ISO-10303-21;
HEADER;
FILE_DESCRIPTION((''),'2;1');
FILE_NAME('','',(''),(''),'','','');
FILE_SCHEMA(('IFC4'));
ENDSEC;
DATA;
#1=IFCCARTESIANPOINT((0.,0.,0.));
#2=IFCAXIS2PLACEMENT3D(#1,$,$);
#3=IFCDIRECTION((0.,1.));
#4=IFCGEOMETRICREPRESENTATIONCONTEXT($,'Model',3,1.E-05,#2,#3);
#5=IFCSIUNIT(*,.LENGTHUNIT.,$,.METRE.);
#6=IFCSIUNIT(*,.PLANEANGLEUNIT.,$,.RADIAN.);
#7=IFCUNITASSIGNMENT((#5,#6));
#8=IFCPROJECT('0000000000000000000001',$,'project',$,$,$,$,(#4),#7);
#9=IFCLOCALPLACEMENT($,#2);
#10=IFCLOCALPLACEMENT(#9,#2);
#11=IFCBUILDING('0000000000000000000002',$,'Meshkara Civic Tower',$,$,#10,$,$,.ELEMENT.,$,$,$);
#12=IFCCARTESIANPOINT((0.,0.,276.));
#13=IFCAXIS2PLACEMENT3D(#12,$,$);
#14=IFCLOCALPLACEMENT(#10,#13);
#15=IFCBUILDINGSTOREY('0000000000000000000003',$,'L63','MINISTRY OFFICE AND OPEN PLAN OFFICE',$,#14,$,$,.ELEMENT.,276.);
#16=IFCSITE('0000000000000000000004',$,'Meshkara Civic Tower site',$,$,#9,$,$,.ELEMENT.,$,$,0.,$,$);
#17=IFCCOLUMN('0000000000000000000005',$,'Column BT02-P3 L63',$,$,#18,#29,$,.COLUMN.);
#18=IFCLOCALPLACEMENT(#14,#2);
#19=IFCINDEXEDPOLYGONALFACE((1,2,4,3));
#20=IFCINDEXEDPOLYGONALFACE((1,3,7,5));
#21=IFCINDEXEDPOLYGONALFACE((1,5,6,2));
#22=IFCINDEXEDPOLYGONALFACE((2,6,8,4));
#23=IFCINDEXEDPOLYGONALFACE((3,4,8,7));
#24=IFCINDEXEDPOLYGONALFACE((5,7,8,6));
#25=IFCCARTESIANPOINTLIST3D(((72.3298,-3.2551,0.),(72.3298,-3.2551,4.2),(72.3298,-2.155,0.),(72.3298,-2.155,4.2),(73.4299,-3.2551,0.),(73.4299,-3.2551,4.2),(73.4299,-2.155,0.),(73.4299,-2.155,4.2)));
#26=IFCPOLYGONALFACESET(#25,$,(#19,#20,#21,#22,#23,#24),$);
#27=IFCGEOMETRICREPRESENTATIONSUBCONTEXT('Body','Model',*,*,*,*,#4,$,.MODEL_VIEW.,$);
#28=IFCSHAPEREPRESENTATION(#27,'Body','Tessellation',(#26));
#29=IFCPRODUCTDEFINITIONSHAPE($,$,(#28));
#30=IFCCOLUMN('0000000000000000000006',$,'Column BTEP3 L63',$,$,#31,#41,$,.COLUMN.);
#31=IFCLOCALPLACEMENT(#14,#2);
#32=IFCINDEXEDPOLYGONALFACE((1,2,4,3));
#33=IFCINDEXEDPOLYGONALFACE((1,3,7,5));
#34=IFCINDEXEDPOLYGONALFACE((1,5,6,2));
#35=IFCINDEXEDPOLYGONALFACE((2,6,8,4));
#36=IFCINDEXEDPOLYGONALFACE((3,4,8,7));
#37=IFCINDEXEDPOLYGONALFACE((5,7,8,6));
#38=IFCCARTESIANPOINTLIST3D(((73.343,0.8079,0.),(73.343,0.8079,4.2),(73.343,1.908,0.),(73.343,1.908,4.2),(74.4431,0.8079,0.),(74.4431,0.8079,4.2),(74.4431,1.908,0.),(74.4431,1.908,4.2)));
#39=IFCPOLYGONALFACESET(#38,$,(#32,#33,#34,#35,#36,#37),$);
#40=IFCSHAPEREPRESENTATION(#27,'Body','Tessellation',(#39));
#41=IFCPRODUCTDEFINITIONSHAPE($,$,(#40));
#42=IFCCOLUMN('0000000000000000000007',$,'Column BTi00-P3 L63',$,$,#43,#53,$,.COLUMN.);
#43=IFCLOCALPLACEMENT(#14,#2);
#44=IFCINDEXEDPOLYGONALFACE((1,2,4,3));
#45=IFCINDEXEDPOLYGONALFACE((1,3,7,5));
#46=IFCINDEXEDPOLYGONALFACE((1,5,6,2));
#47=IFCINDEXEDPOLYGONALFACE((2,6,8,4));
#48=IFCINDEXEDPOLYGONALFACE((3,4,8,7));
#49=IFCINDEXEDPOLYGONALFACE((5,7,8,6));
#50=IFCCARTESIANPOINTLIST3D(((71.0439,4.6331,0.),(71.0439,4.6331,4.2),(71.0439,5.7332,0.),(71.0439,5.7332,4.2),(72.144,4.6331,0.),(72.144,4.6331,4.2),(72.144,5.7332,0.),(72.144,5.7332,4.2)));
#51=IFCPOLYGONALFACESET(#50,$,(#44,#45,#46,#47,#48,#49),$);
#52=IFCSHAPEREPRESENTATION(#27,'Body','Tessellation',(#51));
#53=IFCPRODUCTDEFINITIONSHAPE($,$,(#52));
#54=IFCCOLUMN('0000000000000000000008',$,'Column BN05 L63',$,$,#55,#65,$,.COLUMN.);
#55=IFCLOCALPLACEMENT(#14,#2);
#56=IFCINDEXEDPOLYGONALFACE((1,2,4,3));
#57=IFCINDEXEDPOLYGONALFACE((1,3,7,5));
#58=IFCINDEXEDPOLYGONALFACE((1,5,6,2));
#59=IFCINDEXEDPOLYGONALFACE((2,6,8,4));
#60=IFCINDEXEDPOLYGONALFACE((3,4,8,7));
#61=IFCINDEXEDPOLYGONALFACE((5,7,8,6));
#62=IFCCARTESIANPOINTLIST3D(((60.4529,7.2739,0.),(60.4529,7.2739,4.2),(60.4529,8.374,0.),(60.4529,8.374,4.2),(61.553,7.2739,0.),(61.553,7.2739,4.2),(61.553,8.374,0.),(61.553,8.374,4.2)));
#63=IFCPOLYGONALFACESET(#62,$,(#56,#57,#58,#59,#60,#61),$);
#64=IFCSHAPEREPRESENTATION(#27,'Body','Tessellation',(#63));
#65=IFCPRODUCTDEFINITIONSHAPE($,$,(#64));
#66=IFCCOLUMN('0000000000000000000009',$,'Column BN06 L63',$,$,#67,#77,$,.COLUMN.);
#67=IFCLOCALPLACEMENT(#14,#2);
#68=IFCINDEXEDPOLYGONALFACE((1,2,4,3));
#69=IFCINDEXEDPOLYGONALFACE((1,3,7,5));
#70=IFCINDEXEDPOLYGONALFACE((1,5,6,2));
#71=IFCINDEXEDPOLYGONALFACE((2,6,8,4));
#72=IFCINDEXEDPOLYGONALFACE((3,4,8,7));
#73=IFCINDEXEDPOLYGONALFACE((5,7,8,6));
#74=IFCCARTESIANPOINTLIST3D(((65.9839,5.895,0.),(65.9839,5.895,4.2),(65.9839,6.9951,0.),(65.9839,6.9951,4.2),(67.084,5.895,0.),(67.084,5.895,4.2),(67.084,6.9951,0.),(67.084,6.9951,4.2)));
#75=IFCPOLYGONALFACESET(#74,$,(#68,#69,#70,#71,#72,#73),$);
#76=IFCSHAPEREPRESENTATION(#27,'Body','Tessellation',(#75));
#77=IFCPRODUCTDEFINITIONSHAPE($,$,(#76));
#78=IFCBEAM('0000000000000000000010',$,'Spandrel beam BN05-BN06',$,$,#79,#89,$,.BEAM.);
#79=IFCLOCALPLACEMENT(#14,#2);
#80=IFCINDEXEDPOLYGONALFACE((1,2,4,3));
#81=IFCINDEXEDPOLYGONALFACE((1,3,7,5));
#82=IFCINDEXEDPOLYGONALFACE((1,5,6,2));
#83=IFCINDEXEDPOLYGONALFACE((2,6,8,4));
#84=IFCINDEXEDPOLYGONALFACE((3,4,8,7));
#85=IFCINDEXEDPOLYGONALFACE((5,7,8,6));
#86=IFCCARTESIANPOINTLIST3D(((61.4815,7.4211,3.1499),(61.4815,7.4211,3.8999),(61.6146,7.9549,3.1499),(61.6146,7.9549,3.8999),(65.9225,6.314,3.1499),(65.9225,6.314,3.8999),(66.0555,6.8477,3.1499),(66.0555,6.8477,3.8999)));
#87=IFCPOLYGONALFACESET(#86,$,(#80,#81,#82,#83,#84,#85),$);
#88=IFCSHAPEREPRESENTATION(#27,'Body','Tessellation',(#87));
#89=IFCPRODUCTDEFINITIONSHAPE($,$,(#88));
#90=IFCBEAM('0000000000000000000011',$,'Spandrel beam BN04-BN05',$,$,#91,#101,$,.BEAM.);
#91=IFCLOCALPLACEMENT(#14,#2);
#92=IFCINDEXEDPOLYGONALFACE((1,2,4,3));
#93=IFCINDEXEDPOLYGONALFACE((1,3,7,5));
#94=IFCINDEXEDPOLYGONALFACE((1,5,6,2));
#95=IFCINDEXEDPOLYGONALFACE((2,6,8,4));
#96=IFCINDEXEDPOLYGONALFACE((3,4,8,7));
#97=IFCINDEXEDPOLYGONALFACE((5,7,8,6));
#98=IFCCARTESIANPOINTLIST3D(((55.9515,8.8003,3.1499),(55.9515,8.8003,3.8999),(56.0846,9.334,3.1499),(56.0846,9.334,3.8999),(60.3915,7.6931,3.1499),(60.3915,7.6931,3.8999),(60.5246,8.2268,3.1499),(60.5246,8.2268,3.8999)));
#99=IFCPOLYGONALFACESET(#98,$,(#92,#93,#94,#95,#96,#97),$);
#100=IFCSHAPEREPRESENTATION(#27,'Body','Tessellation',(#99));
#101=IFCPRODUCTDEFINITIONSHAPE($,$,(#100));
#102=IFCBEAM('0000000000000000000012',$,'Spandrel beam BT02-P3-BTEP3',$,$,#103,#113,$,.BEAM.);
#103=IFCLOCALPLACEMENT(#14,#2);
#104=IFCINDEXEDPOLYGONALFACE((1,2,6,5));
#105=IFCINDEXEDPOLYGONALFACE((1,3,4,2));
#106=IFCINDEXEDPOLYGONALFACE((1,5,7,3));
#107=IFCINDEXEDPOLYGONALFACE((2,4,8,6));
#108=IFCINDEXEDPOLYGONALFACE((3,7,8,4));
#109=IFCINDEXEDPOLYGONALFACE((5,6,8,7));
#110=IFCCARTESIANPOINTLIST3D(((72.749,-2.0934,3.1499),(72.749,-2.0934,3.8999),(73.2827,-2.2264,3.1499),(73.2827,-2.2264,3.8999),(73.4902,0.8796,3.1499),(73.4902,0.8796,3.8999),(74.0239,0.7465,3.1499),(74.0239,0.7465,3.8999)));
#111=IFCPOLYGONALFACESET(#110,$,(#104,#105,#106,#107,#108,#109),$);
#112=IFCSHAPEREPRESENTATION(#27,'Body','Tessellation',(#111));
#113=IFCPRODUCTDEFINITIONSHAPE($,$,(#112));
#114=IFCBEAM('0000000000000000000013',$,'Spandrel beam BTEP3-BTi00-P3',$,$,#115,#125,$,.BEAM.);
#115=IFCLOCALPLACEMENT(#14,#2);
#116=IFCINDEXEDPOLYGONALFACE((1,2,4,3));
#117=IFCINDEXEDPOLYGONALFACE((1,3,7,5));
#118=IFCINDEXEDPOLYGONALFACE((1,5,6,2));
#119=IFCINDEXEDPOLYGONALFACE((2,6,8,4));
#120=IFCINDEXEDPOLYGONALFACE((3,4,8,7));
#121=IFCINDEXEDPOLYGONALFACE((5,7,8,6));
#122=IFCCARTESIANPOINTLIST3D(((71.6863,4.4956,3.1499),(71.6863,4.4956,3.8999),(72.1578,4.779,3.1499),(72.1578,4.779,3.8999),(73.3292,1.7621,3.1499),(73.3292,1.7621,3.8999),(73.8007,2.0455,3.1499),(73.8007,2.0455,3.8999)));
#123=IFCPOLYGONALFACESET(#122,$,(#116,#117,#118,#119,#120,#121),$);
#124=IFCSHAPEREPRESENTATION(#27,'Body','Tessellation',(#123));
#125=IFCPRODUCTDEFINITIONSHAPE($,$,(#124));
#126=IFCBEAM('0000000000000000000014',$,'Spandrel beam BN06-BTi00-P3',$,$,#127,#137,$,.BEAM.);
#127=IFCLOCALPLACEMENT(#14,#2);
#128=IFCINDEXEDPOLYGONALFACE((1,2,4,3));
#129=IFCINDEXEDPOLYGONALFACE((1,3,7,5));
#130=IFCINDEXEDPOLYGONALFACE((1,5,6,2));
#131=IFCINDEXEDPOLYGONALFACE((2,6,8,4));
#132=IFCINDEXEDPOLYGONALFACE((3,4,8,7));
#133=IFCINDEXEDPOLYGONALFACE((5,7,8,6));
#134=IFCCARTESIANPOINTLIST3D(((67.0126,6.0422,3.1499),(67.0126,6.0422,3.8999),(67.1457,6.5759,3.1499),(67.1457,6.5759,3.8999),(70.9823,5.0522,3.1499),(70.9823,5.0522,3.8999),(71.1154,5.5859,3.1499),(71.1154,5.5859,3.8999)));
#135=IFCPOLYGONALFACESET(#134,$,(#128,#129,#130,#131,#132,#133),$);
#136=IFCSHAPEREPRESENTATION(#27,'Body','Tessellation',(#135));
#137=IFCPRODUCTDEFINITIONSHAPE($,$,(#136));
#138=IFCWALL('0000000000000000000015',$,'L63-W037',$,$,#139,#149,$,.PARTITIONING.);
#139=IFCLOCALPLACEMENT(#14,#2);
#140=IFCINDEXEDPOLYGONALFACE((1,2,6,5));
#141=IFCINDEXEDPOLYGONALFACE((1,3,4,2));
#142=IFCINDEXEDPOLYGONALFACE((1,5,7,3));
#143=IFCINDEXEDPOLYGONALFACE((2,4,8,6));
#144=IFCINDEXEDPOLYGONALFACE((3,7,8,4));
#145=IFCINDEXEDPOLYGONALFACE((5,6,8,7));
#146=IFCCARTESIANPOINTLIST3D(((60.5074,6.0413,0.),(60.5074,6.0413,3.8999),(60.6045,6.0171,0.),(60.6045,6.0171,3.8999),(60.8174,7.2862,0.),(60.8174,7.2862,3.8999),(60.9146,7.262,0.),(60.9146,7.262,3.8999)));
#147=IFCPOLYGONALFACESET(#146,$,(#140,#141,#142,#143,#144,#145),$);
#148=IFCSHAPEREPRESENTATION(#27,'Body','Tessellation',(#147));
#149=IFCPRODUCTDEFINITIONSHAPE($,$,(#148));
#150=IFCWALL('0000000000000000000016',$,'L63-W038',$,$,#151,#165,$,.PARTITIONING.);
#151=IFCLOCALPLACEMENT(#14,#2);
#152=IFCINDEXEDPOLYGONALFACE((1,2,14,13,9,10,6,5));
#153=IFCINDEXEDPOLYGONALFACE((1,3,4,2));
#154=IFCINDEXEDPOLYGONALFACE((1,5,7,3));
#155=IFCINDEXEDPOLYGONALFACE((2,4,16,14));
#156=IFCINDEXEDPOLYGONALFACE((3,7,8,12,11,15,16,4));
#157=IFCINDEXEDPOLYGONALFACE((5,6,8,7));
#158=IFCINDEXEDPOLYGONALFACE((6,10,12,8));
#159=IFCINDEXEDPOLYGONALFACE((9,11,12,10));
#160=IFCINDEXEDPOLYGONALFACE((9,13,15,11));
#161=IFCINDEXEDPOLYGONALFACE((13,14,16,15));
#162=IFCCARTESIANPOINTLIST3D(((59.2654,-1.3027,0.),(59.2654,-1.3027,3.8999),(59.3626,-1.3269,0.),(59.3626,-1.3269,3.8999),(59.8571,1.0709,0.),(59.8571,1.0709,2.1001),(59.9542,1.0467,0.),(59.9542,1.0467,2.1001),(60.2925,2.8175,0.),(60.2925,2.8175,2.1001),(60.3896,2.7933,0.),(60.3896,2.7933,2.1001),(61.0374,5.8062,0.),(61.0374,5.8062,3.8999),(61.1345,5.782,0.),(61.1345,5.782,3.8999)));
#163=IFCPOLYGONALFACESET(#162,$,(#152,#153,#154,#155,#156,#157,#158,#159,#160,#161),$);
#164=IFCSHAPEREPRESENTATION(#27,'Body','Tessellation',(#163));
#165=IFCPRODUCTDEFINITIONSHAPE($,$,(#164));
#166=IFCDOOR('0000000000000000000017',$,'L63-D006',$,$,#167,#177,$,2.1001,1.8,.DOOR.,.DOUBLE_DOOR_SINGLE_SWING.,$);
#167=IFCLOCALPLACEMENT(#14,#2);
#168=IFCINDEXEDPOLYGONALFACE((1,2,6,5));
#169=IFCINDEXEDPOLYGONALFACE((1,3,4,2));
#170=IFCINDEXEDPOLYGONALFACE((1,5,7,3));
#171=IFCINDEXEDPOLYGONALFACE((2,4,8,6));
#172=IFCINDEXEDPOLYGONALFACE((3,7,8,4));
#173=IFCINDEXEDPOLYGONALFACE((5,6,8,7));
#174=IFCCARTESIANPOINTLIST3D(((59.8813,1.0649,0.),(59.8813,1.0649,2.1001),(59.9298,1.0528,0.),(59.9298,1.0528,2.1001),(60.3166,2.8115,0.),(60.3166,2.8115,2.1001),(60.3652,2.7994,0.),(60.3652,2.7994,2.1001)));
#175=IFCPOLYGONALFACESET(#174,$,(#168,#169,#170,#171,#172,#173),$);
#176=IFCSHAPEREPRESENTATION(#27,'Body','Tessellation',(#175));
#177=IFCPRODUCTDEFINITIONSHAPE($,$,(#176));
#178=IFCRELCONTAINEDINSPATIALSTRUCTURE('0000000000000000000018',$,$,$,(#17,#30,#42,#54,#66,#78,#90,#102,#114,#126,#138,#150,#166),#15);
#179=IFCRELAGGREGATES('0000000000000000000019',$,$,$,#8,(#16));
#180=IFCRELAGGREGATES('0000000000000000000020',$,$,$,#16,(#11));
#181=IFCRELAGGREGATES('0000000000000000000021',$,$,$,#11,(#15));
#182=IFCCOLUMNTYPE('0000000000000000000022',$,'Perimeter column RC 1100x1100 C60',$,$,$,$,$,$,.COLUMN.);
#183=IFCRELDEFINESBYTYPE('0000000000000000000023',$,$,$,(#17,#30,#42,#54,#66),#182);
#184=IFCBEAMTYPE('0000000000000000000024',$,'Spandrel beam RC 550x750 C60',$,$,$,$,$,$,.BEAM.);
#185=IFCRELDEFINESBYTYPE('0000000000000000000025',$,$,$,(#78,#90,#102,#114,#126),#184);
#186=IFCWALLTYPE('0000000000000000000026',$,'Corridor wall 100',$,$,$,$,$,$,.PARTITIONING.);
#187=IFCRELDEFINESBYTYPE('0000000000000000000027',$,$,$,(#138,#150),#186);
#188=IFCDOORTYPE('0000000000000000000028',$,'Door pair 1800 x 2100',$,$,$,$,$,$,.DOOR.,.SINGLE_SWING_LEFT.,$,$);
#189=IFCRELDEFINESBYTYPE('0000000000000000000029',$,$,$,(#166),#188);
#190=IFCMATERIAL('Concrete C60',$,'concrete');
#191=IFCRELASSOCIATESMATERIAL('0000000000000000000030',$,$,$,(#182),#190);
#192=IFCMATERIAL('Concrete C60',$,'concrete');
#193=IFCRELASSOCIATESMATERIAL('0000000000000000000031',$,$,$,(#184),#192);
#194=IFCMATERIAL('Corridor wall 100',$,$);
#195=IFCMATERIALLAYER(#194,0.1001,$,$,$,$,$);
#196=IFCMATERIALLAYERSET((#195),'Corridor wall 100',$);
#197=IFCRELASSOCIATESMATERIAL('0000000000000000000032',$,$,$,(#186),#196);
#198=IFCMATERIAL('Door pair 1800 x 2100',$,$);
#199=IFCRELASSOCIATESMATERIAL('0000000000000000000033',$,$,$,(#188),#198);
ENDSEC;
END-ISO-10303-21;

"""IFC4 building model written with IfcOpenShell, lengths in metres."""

from ifc_helpers import new_model, si_unit, direction, frame, frame_2d, origin, origin_2d, place, context, subcontext, project, spatial, rectangle, extrude, material, layer, layer_set, material_profile, profile_set, type_object, element, fill, save


model = new_model("IFC4")

# Units and contexts
model_context = context("Model", 3, precision=1e-05, world=origin(), true_north=direction((0.0, 1.0)))
body_context = subcontext(model_context, "Body", "Model", "MODEL_VIEW")
ifc_project = project(units=[si_unit("LENGTHUNIT", "METRE"), si_unit("PLANEANGLEUNIT", "RADIAN")], contexts=[model_context])

# Site, building, storey
site_placement = place(None, origin())
site = spatial("IfcSite", under=ifc_project, at=site_placement, Name="Meshkara Civic Tower site", CompositionType="ELEMENT", RefElevation=0.0)
building_placement = place(site_placement, origin())
building = spatial("IfcBuilding", under=site, at=building_placement, Name="Meshkara Civic Tower", CompositionType="ELEMENT")
storey_placement = place(building_placement, frame((0.0, 0.0, 276.0)))
storey = spatial("IfcBuildingStorey", under=building, at=storey_placement, Name="L63", Description="MINISTRY OFFICE AND OPEN PLAN OFFICE", CompositionType="ELEMENT", Elevation=276.0)

# Columns
ifc_material_1 = material(Name="Concrete C60", Category="concrete")
ifc_material_profile_1 = material_profile(ifc_material_1, rectangle(XDim=1.1001, YDim=1.1001, at=origin_2d()))
ifc_profile_set_1 = profile_set([ifc_material_profile_1], Name="Concrete C60")
column_type = type_object("IfcColumnType", Name="Perimeter column RC 1100x1100 C60", PredefinedType="COLUMN", material=ifc_profile_set_1)
for number, where, z_axis, x_axis, name in (
    (1, (72.8799, -2.7051, 0.0), (0.0, 0.0, 1.0), (1.0, 0.0, 0.0), "Column BT02-P3 L63"),
    (2, (73.8931, 1.3579, 0.0), (0.0, 0.0, 1.0), (1.0, 0.0, 0.0), "Column BTEP3 L63"),
    (3, (71.594, 5.1831, 0.0), (0.0, 0.0, 1.0), (1.0, 0.0, 0.0), "Column BTi00-P3 L63"),
    (4, (61.0029, 7.824, 0.0), (0.0, 0.0, 1.0), (1.0, 0.0, 0.0), "Column BN05 L63"),
    (5, (66.5339, 6.4451, 0.0), (0.0, 0.0, 1.0), (1.0, 0.0, 0.0), "Column BN06 L63"),
):
    element("IfcColumn", number, at=place(storey_placement, frame(where, z_axis=z_axis, x_axis=x_axis)), inside=storey, type_object=column_type, Name=name, PredefinedType="COLUMN", context=body_context, shape_type="SweptSolid", body=[
        extrude(rectangle(XDim=1.1001, YDim=1.1001, at=origin_2d()), origin(), (0.0, 0.0, 1.0), 4.2),
    ])

# Beams
ifc_material_2 = material(Name="Concrete C60", Category="concrete")
ifc_material_profile_2 = material_profile(ifc_material_2, rectangle(XDim=0.55, YDim=0.75, at=origin_2d()))
ifc_profile_set_2 = profile_set([ifc_material_profile_2], Name="Concrete C60")
beam_type = type_object("IfcBeamType", Name="Spandrel beam RC 550x750 C60", PredefinedType="BEAM", material=ifc_profile_set_2)
beam_1_placement = place(storey_placement, frame((65.989, 6.5808, 3.5249), z_axis=(-0.970299, 0.241908, 0.0), x_axis=(-0.241908, -0.970299, 0.0)))
element("IfcBeam", 6, at=beam_1_placement, inside=storey, type_object=beam_type, Name="Spandrel beam BN05-BN06", PredefinedType="BEAM", context=body_context, shape_type="SweptSolid", body=[
    extrude(rectangle(XDim=0.55, YDim=0.75, at=origin_2d()), origin(), (0.0, 0.0, 1.0), 4.5769),
])
beam_2_placement = place(storey_placement, frame((60.458, 7.96, 3.5249), z_axis=(-0.970287, 0.241958, 0.0), x_axis=(-0.241958, -0.970287, 0.0)))
element("IfcBeam", 7, at=beam_2_placement, inside=storey, type_object=beam_type, Name="Spandrel beam BN04-BN05", PredefinedType="BEAM", context=body_context, shape_type="SweptSolid", body=[
    extrude(rectangle(XDim=0.55, YDim=0.75, at=origin_2d()), origin(), (0.0, 0.0, 1.0), 4.5759),
])
beam_3_placement = place(storey_placement, frame((73.0159, -2.1599, 3.5249), z_axis=(0.241917, 0.970297, 0.0), x_axis=(-0.970297, 0.241917, 0.0)))
element("IfcBeam", 8, at=beam_3_placement, inside=storey, type_object=beam_type, Name="Spandrel beam BT02-P3-BTEP3", PredefinedType="BEAM", context=body_context, shape_type="SweptSolid", body=[
    extrude(rectangle(XDim=0.55, YDim=0.75, at=origin_2d()), origin(), (0.0, 0.0, 1.0), 3.064),
])
beam_4_placement = place(storey_placement, frame((73.5649, 1.9038, 3.5249), z_axis=(-0.515137, 0.857108, 0.0), x_axis=(-0.857108, -0.515137, 0.0)))
element("IfcBeam", 9, at=beam_4_placement, inside=storey, type_object=beam_type, Name="Spandrel beam BTEP3-BTi00-P3", PredefinedType="BEAM", context=body_context, shape_type="SweptSolid", body=[
    extrude(rectangle(XDim=0.55, YDim=0.75, at=origin_2d()), origin(), (0.0, 0.0, 1.0), 3.1892),
])
beam_5_placement = place(storey_placement, frame((71.0488, 5.3191, 3.5249), z_axis=(-0.970283, 0.241974, 0.0), x_axis=(-0.241974, -0.970283, 0.0)))
element("IfcBeam", 10, at=beam_5_placement, inside=storey, type_object=beam_type, Name="Spandrel beam BN06-BTi00-P3", PredefinedType="BEAM", context=body_context, shape_type="SweptSolid", body=[
    extrude(rectangle(XDim=0.55, YDim=0.75, at=origin_2d()), origin(), (0.0, 0.0, 1.0), 4.0913),
])

# Wall
ifc_material_3 = material(Name="Corridor wall 100")
ifc_layer_1 = layer(ifc_material_3, 0.1001)
ifc_layer_set_1 = layer_set([ifc_layer_1], Name="Corridor wall 100")
wall_type_1 = type_object("IfcWallType", Name="Corridor wall 100", PredefinedType="PARTITIONING", material=ifc_layer_set_1)
wall_1_placement = place(storey_placement, frame((60.5559, 6.0291, 0.0), z_axis=(0.0, 0.0, 1.0), x_axis=(0.241685, 0.970355, 0.0)))
element("IfcWall", 11, at=wall_1_placement, inside=storey, type_object=wall_type_1, Name="L63-W037", PredefinedType="PARTITIONING", context=body_context, shape_type="SweptSolid", body=[
    extrude(rectangle(XDim=1.283, YDim=0.1001, at=frame_2d((0.6416, 0.0))), origin(), (0.0, 0.0, 1.0), 3.8999),
])

# Wall, opening, door
wall_2_placement = place(storey_placement, frame((61.0859, 5.7939, 0.0), z_axis=(0.0, 0.0, 1.0), x_axis=(-0.241861, -0.970311, 0.0)))
wall_2 = element("IfcWall", 12, at=wall_2_placement, inside=storey, type_object=wall_type_1, Name="L63-W038", PredefinedType="PARTITIONING", context=body_context, shape_type="SweptSolid", body=[
    extrude(rectangle(XDim=7.3264, YDim=0.1001, at=frame_2d((3.6631, 0.0))), origin(), (0.0, 0.0, 1.0), 3.8999),
])
opening_1_placement = place(wall_2_placement, frame((3.0801, 0.0, 0.0)))
opening_1 = element("IfcOpeningElement", 13, at=opening_1_placement, cuts=wall_2, PredefinedType="OPENING", context=body_context, shape_type="SweptSolid", body=[
    extrude(rectangle(XDim=1.8, YDim=2.1001, at=frame_2d((0.8999, 1.05))), frame((0.0, 0.0601, 0.0), z_axis=(0.0, -1.0, 0.0), x_axis=(1.0, 0.0, 0.0)), (0.0, 0.0, 1.0), 0.1201),
])
ifc_material_4 = material(Name="Door pair 1800 x 2100")
door_type_1 = type_object("IfcDoorType", Name="Door pair 1800 x 2100", OperationType="SINGLE_SWING_LEFT", PredefinedType="DOOR", material=ifc_material_4)
door_1_placement = place(opening_1_placement, origin())
door_1 = element("IfcDoor", 14, at=door_1_placement, inside=storey, type_object=door_type_1, Name="L63-D006", OperationType="DOUBLE_DOOR_SINGLE_SWING", OverallHeight=2.1001, OverallWidth=1.8, PredefinedType="DOOR", context=body_context, shape_type="SweptSolid", body=[
    extrude(rectangle(XDim=1.8, YDim=2.1001, at=frame_2d((0.8999, 1.05))), frame((0.0, 0.0249, 0.0), z_axis=(0.0, -1.0, 0.0), x_axis=(1.0, 0.0, 0.0)), (0.0, 0.0, 1.0), 0.05),
])
fill(opening_1, door_1)

save(model, "model.ifc")
